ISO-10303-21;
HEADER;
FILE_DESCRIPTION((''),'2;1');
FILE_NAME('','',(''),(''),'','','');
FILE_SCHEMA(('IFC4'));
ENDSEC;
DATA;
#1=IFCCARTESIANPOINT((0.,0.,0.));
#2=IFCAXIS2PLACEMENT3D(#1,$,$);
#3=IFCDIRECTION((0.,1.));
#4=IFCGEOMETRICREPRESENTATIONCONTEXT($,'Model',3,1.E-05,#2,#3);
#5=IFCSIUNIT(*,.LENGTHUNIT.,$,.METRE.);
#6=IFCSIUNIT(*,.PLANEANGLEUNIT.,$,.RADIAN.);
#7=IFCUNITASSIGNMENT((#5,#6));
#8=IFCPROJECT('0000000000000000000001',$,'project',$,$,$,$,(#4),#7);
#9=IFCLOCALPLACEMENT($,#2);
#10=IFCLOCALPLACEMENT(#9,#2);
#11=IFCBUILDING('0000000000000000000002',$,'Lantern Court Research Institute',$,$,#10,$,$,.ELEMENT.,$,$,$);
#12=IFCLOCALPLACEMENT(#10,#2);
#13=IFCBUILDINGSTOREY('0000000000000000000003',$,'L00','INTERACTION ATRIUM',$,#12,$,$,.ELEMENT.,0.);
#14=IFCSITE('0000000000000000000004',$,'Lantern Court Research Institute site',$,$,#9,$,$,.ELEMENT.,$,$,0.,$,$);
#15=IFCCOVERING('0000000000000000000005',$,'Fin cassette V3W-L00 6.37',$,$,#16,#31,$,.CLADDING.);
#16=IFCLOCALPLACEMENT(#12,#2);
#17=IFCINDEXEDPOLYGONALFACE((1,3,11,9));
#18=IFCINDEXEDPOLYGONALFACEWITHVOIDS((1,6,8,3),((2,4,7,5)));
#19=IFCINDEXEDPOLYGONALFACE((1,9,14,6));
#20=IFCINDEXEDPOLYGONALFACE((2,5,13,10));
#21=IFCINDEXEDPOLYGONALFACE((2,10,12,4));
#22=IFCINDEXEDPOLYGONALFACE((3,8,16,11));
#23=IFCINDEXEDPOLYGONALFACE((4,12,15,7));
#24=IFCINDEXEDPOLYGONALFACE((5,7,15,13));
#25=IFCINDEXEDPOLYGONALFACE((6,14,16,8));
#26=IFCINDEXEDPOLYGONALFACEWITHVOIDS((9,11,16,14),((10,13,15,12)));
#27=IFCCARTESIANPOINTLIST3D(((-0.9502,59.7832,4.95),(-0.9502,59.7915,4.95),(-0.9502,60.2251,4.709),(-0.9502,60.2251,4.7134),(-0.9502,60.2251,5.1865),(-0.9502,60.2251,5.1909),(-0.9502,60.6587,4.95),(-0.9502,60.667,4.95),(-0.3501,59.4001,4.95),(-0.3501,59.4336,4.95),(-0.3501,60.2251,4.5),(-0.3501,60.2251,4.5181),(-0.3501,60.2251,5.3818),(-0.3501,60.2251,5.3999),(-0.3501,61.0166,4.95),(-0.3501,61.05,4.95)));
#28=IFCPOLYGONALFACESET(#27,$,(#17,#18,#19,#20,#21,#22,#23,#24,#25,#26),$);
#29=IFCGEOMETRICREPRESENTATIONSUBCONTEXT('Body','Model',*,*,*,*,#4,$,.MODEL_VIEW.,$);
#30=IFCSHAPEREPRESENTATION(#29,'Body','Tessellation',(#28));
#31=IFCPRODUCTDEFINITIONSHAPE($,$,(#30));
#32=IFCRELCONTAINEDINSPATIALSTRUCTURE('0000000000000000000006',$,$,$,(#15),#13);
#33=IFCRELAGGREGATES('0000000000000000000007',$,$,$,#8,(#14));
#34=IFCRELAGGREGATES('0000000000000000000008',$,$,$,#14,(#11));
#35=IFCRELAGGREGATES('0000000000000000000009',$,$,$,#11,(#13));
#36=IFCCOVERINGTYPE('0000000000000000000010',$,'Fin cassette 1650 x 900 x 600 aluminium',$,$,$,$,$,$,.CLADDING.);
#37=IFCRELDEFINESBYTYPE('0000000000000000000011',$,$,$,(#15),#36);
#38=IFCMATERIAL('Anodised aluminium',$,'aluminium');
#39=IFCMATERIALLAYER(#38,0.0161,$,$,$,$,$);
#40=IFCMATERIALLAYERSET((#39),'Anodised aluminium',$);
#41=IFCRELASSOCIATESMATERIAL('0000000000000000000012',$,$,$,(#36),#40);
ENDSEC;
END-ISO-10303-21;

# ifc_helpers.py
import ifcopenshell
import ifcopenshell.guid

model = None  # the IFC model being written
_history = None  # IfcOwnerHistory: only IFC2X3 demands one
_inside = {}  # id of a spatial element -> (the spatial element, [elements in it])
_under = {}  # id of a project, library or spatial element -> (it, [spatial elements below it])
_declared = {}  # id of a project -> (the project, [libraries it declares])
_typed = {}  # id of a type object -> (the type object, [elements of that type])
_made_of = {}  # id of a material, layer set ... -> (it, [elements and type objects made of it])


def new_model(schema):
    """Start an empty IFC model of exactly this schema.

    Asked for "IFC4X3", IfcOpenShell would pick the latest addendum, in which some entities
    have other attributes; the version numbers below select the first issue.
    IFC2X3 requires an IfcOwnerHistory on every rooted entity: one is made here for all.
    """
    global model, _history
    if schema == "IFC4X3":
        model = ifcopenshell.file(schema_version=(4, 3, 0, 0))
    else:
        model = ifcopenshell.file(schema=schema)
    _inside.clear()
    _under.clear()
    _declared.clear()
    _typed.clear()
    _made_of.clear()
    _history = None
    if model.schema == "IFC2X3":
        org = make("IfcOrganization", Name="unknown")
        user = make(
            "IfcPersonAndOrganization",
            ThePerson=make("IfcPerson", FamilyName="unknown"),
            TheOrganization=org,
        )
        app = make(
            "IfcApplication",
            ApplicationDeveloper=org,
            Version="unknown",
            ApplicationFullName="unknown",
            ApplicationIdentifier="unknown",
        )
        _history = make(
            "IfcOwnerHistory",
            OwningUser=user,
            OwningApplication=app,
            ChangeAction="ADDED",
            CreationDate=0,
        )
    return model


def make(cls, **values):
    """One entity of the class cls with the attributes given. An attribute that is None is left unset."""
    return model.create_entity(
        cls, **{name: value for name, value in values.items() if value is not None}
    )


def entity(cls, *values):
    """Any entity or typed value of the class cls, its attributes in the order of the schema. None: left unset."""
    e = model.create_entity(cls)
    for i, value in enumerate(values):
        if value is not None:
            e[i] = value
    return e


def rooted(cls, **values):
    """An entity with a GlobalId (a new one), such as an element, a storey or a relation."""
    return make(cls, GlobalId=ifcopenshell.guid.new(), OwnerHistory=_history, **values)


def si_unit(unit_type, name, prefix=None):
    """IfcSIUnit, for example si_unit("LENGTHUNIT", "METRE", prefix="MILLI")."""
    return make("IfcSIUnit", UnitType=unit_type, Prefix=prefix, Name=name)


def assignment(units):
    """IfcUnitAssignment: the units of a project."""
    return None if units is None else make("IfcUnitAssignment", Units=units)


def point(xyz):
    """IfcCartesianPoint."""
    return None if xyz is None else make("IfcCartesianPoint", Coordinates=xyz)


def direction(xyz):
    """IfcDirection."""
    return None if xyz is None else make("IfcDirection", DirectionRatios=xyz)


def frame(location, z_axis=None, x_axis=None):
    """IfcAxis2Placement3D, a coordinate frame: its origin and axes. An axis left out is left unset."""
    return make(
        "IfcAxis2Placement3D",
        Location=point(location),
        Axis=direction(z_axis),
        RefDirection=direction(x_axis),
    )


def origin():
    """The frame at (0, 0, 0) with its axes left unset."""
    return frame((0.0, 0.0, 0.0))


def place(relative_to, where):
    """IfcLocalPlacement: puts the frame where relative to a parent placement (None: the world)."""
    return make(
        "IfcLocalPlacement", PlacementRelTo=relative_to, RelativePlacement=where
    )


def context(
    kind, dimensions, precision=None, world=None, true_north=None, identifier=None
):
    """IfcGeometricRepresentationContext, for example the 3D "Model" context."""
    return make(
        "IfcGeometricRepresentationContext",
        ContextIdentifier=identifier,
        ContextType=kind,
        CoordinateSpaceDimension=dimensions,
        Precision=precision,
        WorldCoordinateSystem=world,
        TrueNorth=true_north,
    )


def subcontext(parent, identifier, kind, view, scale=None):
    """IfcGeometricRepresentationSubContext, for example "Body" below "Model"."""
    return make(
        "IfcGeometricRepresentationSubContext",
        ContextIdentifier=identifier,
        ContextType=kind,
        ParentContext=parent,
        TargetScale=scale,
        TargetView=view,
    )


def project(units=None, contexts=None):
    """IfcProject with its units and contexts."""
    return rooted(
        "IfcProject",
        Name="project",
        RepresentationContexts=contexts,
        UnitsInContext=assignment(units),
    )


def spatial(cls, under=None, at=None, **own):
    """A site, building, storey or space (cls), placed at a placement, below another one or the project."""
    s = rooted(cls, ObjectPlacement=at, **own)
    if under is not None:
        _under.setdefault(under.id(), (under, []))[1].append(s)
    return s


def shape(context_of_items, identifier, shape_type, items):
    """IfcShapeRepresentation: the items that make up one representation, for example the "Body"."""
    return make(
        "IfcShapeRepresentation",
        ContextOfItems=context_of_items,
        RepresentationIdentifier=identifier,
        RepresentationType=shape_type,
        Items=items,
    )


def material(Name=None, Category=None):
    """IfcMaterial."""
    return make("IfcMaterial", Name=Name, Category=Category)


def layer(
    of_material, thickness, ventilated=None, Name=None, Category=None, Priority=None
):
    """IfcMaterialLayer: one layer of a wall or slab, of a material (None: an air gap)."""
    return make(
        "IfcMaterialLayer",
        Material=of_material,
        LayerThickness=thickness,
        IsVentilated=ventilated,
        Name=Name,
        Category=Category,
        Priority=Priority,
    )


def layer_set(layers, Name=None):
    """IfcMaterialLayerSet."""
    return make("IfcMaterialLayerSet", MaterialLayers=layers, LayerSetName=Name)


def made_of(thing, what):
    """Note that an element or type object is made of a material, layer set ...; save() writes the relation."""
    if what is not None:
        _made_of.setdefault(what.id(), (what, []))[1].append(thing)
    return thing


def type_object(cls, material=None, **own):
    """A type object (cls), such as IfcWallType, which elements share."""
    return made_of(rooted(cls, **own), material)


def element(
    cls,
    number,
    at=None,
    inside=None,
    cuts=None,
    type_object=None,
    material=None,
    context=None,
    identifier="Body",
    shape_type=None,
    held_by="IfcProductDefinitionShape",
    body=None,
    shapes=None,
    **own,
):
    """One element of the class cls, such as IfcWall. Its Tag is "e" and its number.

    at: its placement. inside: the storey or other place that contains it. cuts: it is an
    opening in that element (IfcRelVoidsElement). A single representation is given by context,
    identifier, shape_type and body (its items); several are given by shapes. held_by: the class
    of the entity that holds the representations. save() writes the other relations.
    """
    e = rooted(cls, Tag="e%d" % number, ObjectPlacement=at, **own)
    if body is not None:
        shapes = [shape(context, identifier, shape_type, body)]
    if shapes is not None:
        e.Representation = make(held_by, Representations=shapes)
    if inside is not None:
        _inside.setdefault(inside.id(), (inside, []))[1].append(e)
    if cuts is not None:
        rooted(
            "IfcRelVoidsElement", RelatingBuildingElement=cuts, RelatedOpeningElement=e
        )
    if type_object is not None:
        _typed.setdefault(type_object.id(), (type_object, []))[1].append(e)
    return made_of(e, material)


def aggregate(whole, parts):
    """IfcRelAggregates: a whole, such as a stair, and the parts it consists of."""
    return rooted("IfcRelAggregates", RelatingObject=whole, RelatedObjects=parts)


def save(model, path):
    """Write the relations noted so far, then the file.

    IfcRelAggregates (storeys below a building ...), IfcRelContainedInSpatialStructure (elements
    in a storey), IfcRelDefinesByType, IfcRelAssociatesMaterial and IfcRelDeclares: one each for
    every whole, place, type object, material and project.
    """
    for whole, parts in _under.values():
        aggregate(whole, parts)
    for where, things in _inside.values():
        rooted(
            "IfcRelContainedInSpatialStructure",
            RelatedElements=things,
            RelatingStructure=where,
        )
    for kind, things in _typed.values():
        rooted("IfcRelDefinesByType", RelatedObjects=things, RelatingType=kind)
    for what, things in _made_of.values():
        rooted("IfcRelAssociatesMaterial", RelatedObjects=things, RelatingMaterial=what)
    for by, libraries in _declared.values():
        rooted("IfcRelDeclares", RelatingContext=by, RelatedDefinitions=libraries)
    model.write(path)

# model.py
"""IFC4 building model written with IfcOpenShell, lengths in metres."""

from ifc_helpers import new_model, entity, si_unit, direction, frame, origin, place, context, subcontext, project, spatial, material, layer, layer_set, type_object, element, save


model = new_model("IFC4")

# Units and contexts
model_context = context("Model", 3, precision=1e-05, world=origin(), true_north=direction((0.0, 1.0)))
body_context = subcontext(model_context, "Body", "Model", "MODEL_VIEW")
ifc_project = project(units=[si_unit("LENGTHUNIT", "METRE"), si_unit("PLANEANGLEUNIT", "RADIAN")], contexts=[model_context])

# Site, building, storey
site_placement = place(None, origin())
site = spatial("IfcSite", under=ifc_project, at=site_placement, Name="Lantern Court Research Institute site", CompositionType="ELEMENT", RefElevation=0.0)
building_placement = place(site_placement, origin())
building = spatial("IfcBuilding", under=site, at=building_placement, Name="Lantern Court Research Institute", CompositionType="ELEMENT")
storey_placement = place(building_placement, origin())
storey = spatial("IfcBuildingStorey", under=building, at=storey_placement, Name="L00", Description="INTERACTION ATRIUM", CompositionType="ELEMENT", Elevation=0.0)

# Covering
ifc_material_1 = material(Name="Anodised aluminium", Category="aluminium")
ifc_layer_1 = layer(ifc_material_1, 0.0161)
ifc_layer_set_1 = layer_set([ifc_layer_1], Name="Anodised aluminium")
covering_type_1 = type_object("IfcCoveringType", Name="Fin cassette 1650 x 900 x 600 aluminium", PredefinedType="CLADDING", material=ifc_layer_set_1)
covering_1_placement = place(storey_placement, frame((-0.3501, 60.2251, 4.95), z_axis=(-1.0, 0.0, 0.0), x_axis=(0.0, -1.0, 0.0)))
cartesian_point_1 = entity("IfcCartesianPoint", [0.825, 0.0])
cartesian_point_2 = entity("IfcCartesianPoint", [0.7915, 0.0])
cartesian_point_3 = entity("IfcCartesianPoint", [0.4419, 0.0])
cartesian_point_4 = entity("IfcCartesianPoint", [0.4336, 0.0])
element("IfcCovering", 1, at=covering_1_placement, inside=storey, type_object=covering_type_1, Name="Fin cassette V3W-L00 6.37", PredefinedType="CLADDING", context=body_context, shape_type="SweptSolid", body=[
    entity("IfcExtrudedAreaSolidTapered", entity("IfcArbitraryProfileDefWithVoids", "AREA", None, entity("IfcPolyline", [cartesian_point_1, entity("IfcCartesianPoint", [0.0, 0.45]), entity("IfcCartesianPoint", [-0.825, 0.0]), entity("IfcCartesianPoint", [0.0, -0.45]), cartesian_point_1]), [entity("IfcPolyline", [cartesian_point_2, entity("IfcCartesianPoint", [0.0, 0.4319]), entity("IfcCartesianPoint", [-0.7915, 0.0]), entity("IfcCartesianPoint", [0.0, -0.4319]), cartesian_point_2])]), entity("IfcAxis2Placement3D", entity("IfcCartesianPoint", [0.0, 0.0, 0.0])), entity("IfcDirection", [0.0, 0.0, 1.0]), 0.6001, entity("IfcArbitraryProfileDefWithVoids", "AREA", None, entity("IfcPolyline", [cartesian_point_3, entity("IfcCartesianPoint", [0.0, 0.241]), entity("IfcCartesianPoint", [-0.4419, 0.0]), entity("IfcCartesianPoint", [0.0, -0.241]), cartesian_point_3]), [entity("IfcPolyline", [cartesian_point_4, entity("IfcCartesianPoint", [0.0, 0.2366]), entity("IfcCartesianPoint", [-0.4336, 0.0]), entity("IfcCartesianPoint", [0.0, -0.2366]), cartesian_point_4])])),
])

save(model, "model.ifc")
